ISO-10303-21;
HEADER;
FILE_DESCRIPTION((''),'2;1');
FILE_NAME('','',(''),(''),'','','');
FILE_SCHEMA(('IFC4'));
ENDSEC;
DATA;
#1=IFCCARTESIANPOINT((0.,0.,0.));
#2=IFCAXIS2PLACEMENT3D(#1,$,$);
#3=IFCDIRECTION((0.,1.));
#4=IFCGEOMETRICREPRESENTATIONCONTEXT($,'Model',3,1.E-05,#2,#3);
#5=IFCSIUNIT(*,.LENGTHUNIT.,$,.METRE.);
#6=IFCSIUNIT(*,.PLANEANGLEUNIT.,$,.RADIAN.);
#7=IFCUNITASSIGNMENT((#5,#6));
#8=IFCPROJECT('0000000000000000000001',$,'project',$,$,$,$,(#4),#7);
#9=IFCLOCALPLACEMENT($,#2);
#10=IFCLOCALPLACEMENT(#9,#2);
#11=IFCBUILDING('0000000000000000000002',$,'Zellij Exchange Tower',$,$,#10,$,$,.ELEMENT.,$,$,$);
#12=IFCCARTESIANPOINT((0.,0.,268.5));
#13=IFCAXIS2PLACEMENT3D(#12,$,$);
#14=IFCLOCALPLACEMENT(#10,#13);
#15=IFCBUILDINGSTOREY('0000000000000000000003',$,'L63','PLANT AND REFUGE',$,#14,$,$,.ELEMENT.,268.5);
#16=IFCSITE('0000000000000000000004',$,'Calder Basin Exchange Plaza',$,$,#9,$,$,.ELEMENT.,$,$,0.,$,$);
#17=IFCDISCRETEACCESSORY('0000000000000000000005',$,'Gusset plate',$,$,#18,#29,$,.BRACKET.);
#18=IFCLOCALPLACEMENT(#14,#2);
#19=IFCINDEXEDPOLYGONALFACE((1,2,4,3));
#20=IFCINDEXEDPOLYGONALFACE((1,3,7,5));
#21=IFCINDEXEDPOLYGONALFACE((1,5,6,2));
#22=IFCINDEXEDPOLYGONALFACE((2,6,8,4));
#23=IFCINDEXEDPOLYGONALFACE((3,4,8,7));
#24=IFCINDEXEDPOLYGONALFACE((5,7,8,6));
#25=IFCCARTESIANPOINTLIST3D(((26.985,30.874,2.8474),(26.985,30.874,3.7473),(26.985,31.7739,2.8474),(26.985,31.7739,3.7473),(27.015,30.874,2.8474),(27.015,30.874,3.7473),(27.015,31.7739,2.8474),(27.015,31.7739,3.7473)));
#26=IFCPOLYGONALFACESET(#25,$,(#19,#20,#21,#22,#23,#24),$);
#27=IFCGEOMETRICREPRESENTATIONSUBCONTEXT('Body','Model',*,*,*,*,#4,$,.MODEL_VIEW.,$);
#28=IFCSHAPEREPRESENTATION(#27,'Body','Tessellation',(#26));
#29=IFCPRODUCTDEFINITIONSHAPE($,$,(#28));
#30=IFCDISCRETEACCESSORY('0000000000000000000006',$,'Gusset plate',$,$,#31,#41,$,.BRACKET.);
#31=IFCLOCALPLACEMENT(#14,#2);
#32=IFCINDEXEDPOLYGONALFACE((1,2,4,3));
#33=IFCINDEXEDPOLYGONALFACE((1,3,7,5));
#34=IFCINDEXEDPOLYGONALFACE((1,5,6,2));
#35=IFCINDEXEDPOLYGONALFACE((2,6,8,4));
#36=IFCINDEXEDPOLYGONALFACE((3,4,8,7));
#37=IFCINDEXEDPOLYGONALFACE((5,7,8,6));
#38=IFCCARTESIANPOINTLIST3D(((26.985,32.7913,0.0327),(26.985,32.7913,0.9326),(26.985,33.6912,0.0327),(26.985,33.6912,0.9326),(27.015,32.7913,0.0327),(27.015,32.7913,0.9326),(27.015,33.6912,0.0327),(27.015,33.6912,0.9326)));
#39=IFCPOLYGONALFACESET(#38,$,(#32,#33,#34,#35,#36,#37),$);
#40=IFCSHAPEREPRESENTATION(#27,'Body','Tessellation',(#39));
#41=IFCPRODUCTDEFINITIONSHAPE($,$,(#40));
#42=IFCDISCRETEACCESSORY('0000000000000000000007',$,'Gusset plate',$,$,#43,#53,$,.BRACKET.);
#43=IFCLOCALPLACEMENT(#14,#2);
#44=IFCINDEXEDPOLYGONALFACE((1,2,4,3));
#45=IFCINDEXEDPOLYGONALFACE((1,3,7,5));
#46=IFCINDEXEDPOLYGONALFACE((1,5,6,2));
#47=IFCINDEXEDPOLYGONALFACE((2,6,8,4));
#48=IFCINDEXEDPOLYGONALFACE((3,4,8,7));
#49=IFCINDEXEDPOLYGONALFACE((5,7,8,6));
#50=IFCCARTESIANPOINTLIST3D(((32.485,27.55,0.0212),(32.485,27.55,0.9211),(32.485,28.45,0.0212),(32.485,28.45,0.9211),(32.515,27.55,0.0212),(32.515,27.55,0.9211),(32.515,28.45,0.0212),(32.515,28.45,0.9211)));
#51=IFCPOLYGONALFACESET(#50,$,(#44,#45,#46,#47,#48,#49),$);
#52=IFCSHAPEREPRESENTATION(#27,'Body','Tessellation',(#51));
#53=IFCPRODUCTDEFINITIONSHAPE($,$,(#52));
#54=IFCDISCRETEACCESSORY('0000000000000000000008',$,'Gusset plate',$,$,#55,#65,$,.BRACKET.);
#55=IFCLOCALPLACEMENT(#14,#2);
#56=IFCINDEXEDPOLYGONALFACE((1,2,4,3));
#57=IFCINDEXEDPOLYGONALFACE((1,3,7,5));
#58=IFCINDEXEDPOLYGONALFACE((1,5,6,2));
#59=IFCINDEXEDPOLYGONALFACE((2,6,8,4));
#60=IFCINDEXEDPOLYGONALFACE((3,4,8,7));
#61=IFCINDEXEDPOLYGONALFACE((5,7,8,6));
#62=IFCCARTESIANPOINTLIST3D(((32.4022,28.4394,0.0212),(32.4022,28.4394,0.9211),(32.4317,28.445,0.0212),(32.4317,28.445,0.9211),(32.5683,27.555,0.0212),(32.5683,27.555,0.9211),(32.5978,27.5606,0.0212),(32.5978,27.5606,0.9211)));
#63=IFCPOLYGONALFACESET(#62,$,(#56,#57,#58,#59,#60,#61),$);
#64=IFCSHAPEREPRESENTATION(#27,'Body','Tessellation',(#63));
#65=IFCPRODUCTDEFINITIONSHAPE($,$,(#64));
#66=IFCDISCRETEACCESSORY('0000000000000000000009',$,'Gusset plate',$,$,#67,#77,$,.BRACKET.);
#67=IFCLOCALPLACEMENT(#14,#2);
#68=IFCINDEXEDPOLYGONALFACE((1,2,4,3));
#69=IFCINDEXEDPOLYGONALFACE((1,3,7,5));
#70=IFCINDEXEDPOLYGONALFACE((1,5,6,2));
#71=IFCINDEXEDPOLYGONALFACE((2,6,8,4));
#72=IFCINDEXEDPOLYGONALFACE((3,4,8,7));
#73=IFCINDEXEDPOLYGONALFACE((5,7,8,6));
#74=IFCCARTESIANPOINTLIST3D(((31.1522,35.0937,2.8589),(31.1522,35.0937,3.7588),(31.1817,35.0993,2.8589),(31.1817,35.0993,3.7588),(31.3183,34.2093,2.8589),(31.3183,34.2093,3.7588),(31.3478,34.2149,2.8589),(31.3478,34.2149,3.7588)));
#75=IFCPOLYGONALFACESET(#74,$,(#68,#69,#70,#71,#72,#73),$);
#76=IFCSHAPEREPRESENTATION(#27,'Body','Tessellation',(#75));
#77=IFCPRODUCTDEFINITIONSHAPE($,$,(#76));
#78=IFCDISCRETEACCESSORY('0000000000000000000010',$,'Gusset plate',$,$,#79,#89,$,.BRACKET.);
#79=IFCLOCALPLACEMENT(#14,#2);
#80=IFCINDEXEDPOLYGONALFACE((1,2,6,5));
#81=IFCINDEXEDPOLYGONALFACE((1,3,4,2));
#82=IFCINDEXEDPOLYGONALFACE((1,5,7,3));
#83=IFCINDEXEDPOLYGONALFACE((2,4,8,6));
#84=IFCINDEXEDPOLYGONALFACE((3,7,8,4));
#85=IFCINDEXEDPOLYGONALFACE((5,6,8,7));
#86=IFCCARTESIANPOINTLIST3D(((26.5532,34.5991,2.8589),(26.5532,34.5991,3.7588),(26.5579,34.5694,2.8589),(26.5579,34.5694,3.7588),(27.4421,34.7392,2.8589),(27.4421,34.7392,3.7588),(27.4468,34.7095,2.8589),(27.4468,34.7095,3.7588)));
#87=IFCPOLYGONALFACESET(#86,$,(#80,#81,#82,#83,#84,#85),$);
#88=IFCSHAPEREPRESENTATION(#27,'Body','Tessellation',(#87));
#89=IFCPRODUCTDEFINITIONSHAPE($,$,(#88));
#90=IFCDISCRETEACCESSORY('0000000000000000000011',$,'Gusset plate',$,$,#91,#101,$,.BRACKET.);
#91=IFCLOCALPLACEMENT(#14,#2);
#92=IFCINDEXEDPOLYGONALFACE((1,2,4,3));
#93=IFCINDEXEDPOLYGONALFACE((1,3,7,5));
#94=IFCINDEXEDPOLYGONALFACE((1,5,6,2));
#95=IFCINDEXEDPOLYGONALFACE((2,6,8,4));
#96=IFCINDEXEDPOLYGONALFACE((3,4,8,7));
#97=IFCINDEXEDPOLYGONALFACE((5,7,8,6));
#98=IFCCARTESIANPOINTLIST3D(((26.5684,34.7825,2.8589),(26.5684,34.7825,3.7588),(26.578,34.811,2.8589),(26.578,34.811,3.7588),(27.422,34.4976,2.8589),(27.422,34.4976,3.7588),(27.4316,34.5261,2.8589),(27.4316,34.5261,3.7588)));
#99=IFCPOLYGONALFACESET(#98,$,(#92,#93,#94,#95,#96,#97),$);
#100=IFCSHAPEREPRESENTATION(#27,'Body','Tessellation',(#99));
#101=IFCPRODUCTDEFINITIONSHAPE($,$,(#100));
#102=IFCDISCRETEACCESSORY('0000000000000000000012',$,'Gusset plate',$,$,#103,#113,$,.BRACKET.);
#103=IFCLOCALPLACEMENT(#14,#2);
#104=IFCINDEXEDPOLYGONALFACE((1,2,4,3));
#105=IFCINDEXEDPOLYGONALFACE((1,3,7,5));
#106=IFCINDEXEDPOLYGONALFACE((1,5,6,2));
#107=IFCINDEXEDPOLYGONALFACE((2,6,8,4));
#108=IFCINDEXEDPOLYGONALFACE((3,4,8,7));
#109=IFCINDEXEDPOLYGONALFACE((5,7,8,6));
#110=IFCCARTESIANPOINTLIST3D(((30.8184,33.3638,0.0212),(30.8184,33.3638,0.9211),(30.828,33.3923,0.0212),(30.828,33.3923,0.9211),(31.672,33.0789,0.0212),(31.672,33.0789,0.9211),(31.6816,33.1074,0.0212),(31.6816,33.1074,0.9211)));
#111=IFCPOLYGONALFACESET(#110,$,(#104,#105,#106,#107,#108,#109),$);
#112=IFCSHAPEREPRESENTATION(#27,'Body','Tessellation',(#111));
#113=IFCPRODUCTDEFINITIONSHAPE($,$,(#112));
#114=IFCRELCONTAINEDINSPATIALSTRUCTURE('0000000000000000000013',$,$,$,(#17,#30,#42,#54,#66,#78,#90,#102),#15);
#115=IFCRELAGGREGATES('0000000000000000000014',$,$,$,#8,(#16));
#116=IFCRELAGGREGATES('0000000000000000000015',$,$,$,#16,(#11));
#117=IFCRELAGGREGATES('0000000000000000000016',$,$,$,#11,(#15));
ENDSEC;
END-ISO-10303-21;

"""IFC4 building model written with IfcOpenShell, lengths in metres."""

from ifc_helpers import new_model, si_unit, direction, frame, origin, origin_2d, place, context, subcontext, project, spatial, rectangle, extrude, element, save


model = new_model("IFC4")

# Units and contexts
model_context = context("Model", 3, precision=1e-05, world=origin(), true_north=direction((0.0, 1.0)))
body_context = subcontext(model_context, "Body", "Model", "MODEL_VIEW")
ifc_project = project(units=[si_unit("LENGTHUNIT", "METRE"), si_unit("PLANEANGLEUNIT", "RADIAN")], contexts=[model_context])

# Site, building, storey
site_placement = place(None, origin())
site = spatial("IfcSite", under=ifc_project, at=site_placement, Name="Calder Basin Exchange Plaza", CompositionType="ELEMENT", RefElevation=0.0)
building_placement = place(site_placement, origin())
building = spatial("IfcBuilding", under=site, at=building_placement, Name="Zellij Exchange Tower", CompositionType="ELEMENT")
storey_placement = place(building_placement, frame((0.0, 0.0, 268.5)))
storey = spatial("IfcBuildingStorey", under=building, at=storey_placement, Name="L63", Description="PLANT AND REFUGE", CompositionType="ELEMENT", Elevation=268.5)

# Discrete accessories
for number, where, z_axis, x_axis, name in (
    (1, (27.0, 31.324, 2.8474), (0.0, 0.0, 1.0), (0.0, 1.0, 0.0), "Gusset plate"),
    (2, (27.0, 33.2412, 0.0327), (0.0, 0.0, 1.0), (0.0, 1.0, 0.0), "Gusset plate"),
    (3, (32.5, 28.0, 0.0212), (0.0, 0.0, 1.0), (0.0, 1.0, 0.0), "Gusset plate"),
    (4, (32.5, 28.0, 0.0212), (0.0, 0.0, 1.0), (-0.184617, 0.982811, 0.0), "Gusset plate"),
    (5, (31.25, 34.6543, 2.8589), (0.0, 0.0, 1.0), (-0.184617, 0.982811, 0.0), "Gusset plate"),
    (6, (27.0, 34.6543, 2.8589), (0.0, 0.0, 1.0), (0.987801, 0.155721, 0.0), "Gusset plate"),
    (7, (27.0, 34.6543, 2.8589), (0.0, 0.0, 1.0), (0.948541, -0.316656, 0.0), "Gusset plate"),
    (8, (31.25, 33.2356, 0.0212), (0.0, 0.0, 1.0), (0.948541, -0.316656, 0.0), "Gusset plate"),
):
    element("IfcDiscreteAccessory", number, at=place(storey_placement, frame(where, z_axis=z_axis, x_axis=x_axis)), inside=storey, Name=name, PredefinedType="BRACKET", context=body_context, shape_type="SweptSolid", body=[
        extrude(rectangle(XDim=0.8999, YDim=0.03, at=origin_2d()), origin(), (0.0, 0.0, 1.0), 0.8999),
    ])

save(model, "model.ifc")
